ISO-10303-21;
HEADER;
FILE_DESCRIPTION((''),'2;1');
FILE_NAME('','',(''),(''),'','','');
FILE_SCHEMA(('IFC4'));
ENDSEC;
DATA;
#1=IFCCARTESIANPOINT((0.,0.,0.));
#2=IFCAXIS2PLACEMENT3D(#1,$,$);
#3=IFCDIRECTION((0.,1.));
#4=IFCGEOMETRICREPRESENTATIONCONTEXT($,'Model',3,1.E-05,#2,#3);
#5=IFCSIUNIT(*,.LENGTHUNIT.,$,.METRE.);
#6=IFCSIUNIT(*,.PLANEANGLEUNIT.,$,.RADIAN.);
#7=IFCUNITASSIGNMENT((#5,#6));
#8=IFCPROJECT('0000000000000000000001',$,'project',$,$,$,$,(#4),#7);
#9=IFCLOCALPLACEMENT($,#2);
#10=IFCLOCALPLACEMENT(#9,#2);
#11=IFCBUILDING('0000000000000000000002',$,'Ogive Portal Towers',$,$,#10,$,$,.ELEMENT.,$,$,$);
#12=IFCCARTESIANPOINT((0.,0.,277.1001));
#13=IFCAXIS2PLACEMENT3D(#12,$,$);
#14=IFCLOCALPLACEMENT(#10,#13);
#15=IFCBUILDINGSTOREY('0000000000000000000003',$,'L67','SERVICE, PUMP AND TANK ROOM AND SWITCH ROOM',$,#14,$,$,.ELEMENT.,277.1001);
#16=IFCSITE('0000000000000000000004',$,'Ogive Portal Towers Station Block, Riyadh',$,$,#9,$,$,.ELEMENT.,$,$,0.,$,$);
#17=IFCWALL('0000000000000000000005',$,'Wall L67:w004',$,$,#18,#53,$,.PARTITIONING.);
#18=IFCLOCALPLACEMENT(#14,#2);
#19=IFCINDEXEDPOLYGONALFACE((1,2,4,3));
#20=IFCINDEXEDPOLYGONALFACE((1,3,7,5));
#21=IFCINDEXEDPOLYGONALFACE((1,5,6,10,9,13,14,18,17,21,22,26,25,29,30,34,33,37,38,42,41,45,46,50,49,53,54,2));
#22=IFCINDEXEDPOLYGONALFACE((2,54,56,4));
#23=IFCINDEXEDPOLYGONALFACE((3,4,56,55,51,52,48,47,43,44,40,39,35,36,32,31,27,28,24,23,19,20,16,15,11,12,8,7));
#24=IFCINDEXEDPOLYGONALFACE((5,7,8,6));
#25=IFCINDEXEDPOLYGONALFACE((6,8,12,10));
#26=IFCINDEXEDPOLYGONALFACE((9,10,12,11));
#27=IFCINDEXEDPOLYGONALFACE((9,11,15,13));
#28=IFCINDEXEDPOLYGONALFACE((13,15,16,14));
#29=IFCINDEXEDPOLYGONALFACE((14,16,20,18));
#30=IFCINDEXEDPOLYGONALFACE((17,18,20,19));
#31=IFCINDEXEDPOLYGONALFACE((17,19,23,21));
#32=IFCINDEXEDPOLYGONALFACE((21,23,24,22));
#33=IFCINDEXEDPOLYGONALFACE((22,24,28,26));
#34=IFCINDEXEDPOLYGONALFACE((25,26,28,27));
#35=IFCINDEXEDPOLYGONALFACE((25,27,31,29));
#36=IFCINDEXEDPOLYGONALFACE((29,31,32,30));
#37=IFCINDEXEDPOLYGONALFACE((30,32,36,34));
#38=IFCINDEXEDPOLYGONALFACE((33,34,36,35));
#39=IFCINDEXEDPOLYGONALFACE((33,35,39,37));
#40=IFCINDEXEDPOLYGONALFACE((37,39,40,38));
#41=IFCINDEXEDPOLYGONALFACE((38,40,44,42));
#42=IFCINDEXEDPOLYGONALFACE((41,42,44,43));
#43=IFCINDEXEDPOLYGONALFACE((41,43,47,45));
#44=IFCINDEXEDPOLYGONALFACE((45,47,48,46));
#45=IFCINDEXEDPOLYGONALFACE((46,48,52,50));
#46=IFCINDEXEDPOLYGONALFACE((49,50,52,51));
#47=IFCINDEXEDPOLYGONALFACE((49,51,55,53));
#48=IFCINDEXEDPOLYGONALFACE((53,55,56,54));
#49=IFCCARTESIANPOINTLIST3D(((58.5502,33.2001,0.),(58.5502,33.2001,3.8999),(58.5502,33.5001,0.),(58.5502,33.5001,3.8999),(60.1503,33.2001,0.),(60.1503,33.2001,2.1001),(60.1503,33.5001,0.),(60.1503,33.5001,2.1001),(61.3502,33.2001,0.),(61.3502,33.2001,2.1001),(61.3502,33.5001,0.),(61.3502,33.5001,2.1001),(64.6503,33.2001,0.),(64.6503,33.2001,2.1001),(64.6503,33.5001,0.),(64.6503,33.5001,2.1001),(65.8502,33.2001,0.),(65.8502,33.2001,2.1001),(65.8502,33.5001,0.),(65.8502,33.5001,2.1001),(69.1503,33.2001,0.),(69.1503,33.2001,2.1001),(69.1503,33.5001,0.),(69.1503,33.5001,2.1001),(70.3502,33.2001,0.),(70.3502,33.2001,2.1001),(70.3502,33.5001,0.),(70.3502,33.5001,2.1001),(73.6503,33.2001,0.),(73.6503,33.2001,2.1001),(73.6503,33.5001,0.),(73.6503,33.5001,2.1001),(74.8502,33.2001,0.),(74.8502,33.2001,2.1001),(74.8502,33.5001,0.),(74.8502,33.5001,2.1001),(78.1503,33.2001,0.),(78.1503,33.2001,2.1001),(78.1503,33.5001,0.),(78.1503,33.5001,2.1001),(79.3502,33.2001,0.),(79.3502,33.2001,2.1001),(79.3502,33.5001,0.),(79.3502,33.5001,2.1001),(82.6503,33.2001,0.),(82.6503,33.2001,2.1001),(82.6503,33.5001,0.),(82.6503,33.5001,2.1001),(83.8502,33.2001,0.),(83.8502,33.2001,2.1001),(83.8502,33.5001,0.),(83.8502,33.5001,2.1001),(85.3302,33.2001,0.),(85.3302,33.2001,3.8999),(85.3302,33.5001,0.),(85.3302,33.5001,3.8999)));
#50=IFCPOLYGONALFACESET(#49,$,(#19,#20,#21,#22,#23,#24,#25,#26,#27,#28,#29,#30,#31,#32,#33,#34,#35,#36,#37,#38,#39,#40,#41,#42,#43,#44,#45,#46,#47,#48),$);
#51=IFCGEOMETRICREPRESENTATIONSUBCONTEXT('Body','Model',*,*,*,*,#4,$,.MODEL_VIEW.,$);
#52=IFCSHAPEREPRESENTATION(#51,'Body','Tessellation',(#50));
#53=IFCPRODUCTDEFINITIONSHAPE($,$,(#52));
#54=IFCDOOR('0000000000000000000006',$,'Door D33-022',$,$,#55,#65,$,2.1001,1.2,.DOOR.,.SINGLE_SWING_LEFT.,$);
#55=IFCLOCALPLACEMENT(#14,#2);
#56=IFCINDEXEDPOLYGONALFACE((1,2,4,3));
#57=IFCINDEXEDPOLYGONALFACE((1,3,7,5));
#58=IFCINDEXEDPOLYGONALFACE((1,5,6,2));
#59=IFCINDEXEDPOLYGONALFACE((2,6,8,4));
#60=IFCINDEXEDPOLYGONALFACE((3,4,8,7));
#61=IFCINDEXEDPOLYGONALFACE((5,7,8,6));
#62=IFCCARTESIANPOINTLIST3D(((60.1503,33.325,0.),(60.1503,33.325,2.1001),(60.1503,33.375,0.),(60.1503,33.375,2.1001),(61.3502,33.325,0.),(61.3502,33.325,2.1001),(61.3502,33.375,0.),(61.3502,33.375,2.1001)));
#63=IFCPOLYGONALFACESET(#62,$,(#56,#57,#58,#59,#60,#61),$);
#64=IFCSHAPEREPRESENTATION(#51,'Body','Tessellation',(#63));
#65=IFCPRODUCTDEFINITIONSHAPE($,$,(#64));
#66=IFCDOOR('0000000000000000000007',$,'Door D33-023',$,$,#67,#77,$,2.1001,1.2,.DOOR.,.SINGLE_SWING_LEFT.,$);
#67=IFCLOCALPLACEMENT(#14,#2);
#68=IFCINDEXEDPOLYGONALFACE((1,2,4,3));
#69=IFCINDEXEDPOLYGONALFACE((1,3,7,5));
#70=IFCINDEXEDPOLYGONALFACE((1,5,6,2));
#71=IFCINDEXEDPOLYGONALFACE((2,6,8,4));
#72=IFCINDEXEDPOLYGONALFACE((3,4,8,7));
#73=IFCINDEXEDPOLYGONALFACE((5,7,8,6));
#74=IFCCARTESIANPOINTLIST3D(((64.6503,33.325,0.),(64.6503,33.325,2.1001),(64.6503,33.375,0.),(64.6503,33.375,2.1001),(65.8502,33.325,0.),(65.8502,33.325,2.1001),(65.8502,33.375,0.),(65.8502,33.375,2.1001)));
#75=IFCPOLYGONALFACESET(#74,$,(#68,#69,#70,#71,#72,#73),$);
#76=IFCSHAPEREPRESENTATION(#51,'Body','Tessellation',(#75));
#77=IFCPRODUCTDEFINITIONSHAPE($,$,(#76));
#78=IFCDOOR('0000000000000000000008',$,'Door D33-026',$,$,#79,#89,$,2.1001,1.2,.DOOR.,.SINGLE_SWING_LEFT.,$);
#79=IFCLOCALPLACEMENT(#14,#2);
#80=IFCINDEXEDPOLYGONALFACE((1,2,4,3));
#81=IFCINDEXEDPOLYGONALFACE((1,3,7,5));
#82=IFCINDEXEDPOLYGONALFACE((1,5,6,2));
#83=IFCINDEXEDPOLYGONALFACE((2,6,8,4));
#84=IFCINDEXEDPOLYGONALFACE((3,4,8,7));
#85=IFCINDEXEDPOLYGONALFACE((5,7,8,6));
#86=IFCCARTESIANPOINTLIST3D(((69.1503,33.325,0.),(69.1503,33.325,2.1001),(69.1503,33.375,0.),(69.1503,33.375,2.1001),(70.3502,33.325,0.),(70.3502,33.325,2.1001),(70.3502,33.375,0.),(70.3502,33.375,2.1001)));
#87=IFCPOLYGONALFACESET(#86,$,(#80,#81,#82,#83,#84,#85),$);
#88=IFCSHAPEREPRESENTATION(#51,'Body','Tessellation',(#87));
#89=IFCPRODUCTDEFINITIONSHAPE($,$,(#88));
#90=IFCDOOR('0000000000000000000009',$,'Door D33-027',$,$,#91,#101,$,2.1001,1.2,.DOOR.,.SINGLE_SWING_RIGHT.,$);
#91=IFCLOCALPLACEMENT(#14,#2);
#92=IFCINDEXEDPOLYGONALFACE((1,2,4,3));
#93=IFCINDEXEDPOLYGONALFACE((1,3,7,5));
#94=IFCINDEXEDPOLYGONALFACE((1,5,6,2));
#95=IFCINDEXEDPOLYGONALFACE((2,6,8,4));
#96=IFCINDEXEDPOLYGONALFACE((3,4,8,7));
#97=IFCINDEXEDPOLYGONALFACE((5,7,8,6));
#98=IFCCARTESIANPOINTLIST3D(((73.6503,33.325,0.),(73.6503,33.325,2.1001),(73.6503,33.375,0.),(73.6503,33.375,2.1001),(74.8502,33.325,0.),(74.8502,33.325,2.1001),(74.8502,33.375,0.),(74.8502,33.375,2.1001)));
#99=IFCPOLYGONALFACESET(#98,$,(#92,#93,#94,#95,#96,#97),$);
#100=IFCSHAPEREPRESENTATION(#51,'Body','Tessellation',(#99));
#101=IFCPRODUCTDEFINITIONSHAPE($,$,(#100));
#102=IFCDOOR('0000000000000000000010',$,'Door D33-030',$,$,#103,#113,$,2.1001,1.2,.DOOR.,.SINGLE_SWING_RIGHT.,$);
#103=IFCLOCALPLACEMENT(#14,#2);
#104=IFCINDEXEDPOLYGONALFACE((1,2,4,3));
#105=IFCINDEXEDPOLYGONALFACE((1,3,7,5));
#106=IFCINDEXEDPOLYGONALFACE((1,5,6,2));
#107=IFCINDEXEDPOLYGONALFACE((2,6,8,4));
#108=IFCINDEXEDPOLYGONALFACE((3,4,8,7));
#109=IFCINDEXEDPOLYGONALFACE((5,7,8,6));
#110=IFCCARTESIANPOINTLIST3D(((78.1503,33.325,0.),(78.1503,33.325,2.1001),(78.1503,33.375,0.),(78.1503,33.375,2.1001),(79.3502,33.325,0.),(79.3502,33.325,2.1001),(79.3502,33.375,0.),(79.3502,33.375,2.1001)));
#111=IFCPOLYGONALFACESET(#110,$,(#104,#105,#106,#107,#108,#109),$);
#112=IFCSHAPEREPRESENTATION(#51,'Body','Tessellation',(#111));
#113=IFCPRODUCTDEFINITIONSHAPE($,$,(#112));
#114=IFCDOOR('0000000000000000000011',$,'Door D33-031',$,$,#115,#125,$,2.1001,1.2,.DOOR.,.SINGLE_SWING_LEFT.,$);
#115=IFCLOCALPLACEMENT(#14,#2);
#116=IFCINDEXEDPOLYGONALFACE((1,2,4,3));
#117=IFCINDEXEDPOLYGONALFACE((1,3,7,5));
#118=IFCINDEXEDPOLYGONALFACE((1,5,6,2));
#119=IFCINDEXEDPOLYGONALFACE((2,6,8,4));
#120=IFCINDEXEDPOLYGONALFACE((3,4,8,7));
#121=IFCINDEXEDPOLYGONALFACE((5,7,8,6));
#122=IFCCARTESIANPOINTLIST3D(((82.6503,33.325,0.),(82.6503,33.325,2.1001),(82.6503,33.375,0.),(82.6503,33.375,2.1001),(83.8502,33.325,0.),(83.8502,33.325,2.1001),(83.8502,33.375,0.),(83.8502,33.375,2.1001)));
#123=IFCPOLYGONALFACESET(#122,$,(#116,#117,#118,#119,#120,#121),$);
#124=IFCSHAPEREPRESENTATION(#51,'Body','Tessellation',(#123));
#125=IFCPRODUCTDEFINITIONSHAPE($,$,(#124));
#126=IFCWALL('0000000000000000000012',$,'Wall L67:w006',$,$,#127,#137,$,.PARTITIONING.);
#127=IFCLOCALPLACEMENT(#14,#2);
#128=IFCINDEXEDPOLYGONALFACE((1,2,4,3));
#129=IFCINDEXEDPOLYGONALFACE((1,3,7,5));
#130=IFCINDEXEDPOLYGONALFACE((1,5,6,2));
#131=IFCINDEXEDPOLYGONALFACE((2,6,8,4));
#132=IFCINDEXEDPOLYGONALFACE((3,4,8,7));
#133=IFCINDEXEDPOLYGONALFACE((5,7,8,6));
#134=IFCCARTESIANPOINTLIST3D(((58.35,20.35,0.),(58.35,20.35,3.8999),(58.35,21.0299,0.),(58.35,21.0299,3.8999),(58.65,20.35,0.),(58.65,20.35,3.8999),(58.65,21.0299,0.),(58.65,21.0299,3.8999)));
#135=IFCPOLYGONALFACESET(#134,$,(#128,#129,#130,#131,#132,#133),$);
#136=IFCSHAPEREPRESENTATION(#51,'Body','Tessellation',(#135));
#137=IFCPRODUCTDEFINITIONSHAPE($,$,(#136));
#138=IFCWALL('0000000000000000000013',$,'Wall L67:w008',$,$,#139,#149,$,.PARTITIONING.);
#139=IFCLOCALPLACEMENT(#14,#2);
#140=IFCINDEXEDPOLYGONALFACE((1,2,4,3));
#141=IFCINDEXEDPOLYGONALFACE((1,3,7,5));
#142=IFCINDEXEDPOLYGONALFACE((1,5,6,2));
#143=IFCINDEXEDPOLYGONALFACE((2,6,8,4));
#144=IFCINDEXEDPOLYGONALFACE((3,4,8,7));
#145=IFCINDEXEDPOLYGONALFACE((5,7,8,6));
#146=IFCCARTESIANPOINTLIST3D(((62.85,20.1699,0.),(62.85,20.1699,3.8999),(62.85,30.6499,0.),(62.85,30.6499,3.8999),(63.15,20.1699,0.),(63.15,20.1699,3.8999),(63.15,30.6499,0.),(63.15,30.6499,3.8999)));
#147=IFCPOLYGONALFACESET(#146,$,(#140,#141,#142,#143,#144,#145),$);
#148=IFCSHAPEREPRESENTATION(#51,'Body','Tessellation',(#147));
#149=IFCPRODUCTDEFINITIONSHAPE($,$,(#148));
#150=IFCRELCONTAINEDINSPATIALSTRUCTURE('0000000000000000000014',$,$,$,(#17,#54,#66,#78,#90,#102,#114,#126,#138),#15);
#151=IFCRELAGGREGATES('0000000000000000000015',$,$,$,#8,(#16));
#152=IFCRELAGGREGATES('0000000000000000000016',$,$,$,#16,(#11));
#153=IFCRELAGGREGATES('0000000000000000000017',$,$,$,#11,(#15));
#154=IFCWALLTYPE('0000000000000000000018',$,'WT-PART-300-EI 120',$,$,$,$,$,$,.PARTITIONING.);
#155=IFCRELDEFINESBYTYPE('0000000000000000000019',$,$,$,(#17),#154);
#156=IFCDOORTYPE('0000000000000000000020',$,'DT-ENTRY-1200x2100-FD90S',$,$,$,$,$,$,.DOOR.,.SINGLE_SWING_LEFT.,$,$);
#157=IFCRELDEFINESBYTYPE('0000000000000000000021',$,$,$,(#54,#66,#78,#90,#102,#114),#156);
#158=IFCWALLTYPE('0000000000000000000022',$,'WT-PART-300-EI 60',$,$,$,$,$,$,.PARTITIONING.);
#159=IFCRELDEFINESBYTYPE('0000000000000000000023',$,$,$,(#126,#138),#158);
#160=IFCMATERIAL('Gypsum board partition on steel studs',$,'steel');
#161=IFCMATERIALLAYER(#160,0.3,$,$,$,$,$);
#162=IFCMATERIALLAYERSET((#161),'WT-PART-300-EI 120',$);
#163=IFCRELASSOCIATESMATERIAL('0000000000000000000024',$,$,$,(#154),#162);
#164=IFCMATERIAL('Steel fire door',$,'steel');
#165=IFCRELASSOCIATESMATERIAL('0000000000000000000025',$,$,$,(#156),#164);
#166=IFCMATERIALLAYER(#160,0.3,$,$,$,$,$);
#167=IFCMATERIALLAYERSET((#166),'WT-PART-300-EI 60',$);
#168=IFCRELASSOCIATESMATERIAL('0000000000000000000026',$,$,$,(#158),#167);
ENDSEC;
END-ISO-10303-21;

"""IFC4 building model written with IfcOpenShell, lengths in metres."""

from ifc_helpers import new_model, si_unit, direction, frame, frame_2d, origin, place, context, subcontext, project, spatial, rectangle, extrude, material, layer, layer_set, type_object, element, fill, save


model = new_model("IFC4")

# Units and contexts
model_context = context("Model", 3, precision=1e-05, world=origin(), true_north=direction((0.0, 1.0)))
body_context = subcontext(model_context, "Body", "Model", "MODEL_VIEW")
ifc_project = project(units=[si_unit("LENGTHUNIT", "METRE"), si_unit("PLANEANGLEUNIT", "RADIAN")], contexts=[model_context])

# Site, building, storey
site_placement = place(None, origin())
site = spatial("IfcSite", under=ifc_project, at=site_placement, Name="Ogive Portal Towers Station Block, Riyadh", CompositionType="ELEMENT", RefElevation=0.0)
building_placement = place(site_placement, origin())
building = spatial("IfcBuilding", under=site, at=building_placement, Name="Ogive Portal Towers", CompositionType="ELEMENT")
storey_placement = place(building_placement, frame((0.0, 0.0, 277.1001)))
storey = spatial("IfcBuildingStorey", under=building, at=storey_placement, Name="L67", Description="SERVICE, PUMP AND TANK ROOM AND SWITCH ROOM", CompositionType="ELEMENT", Elevation=277.1001)

# Shared definitions
ifc_material_1 = material(Name="Steel fire door", Category="steel")

# Wall, openings, doors
ifc_material_2 = material(Name="Gypsum board partition on steel studs", Category="steel")
ifc_layer_1 = layer(ifc_material_2, 0.3)
ifc_layer_set_1 = layer_set([ifc_layer_1], Name="WT-PART-300-EI 120")
wall_type_1 = type_object("IfcWallType", Name="WT-PART-300-EI 120", PredefinedType="PARTITIONING", material=ifc_layer_set_1)
door_type_1 = type_object("IfcDoorType", Name="DT-ENTRY-1200x2100-FD90S", OperationType="SINGLE_SWING_LEFT", PredefinedType="DOOR", material=ifc_material_1)
wall_1_placement = place(storey_placement, frame((58.55, 33.3501, 0.0), z_axis=(0.0, 0.0, 1.0), x_axis=(1.0, 0.0, 0.0)))
wall_1 = element("IfcWall", 1, at=wall_1_placement, inside=storey, type_object=wall_type_1, Name="Wall L67:w004", PredefinedType="PARTITIONING", context=body_context, shape_type="SweptSolid", body=[
    extrude(rectangle(XDim=26.78, YDim=0.3, at=frame_2d((13.3901, 0.0))), origin(), (0.0, 0.0, 1.0), 3.8999),
])
opening_1_placement = place(wall_1_placement, frame((1.6001, 0.0, 0.0)))
opening_1 = element("IfcOpeningElement", 2, at=opening_1_placement, cuts=wall_1, PredefinedType="OPENING", context=body_context, shape_type="SweptSolid", body=[
    extrude(rectangle(XDim=1.2, YDim=2.1001, at=frame_2d((0.6001, 1.05))), frame((0.0, 0.1602, 0.0), z_axis=(0.0, -1.0, 0.0), x_axis=(1.0, 0.0, 0.0)), (0.0, 0.0, 1.0), 0.3201),
])
opening_2_placement = place(wall_1_placement, frame((6.1001, 0.0, 0.0)))
opening_2 = element("IfcOpeningElement", 3, at=opening_2_placement, cuts=wall_1, PredefinedType="OPENING", context=body_context, shape_type="SweptSolid", body=[
    extrude(rectangle(XDim=1.2, YDim=2.1001, at=frame_2d((0.6001, 1.05))), frame((0.0, 0.1602, 0.0), z_axis=(0.0, -1.0, 0.0), x_axis=(1.0, 0.0, 0.0)), (0.0, 0.0, 1.0), 0.3201),
])
opening_3_placement = place(wall_1_placement, frame((10.6001, 0.0, 0.0)))
opening_3 = element("IfcOpeningElement", 4, at=opening_3_placement, cuts=wall_1, PredefinedType="OPENING", context=body_context, shape_type="SweptSolid", body=[
    extrude(rectangle(XDim=1.2, YDim=2.1001, at=frame_2d((0.6001, 1.05))), frame((0.0, 0.1602, 0.0), z_axis=(0.0, -1.0, 0.0), x_axis=(1.0, 0.0, 0.0)), (0.0, 0.0, 1.0), 0.3201),
])
opening_4_placement = place(wall_1_placement, frame((15.1001, 0.0, 0.0)))
opening_4 = element("IfcOpeningElement", 5, at=opening_4_placement, cuts=wall_1, PredefinedType="OPENING", context=body_context, shape_type="SweptSolid", body=[
    extrude(rectangle(XDim=1.2, YDim=2.1001, at=frame_2d((0.6001, 1.05))), frame((0.0, 0.1602, 0.0), z_axis=(0.0, -1.0, 0.0), x_axis=(1.0, 0.0, 0.0)), (0.0, 0.0, 1.0), 0.3201),
])
opening_5_placement = place(wall_1_placement, frame((19.6001, 0.0, 0.0)))
opening_5 = element("IfcOpeningElement", 6, at=opening_5_placement, cuts=wall_1, PredefinedType="OPENING", context=body_context, shape_type="SweptSolid", body=[
    extrude(rectangle(XDim=1.2, YDim=2.1001, at=frame_2d((0.6001, 1.05))), frame((0.0, 0.1602, 0.0), z_axis=(0.0, -1.0, 0.0), x_axis=(1.0, 0.0, 0.0)), (0.0, 0.0, 1.0), 0.3201),
])
opening_6_placement = place(wall_1_placement, frame((24.1001, 0.0, 0.0)))
opening_6 = element("IfcOpeningElement", 7, at=opening_6_placement, cuts=wall_1, PredefinedType="OPENING", context=body_context, shape_type="SweptSolid", body=[
    extrude(rectangle(XDim=1.2, YDim=2.1001, at=frame_2d((0.6001, 1.05))), frame((0.0, 0.1602, 0.0), z_axis=(0.0, -1.0, 0.0), x_axis=(1.0, 0.0, 0.0)), (0.0, 0.0, 1.0), 0.3201),
])
door_1_placement = place(opening_1_placement, origin())
door_1 = element("IfcDoor", 8, at=door_1_placement, inside=storey, type_object=door_type_1, Name="Door D33-022", OperationType="SINGLE_SWING_LEFT", OverallHeight=2.1001, OverallWidth=1.2, PredefinedType="DOOR", context=body_context, shape_type="SweptSolid", body=[
    extrude(rectangle(XDim=1.2, YDim=2.1001, at=frame_2d((0.6001, 1.05))), frame((0.0, 0.0249, 0.0), z_axis=(0.0, -1.0, 0.0), x_axis=(1.0, 0.0, 0.0)), (0.0, 0.0, 1.0), 0.05),
])
fill(opening_1, door_1)
door_2_placement = place(opening_2_placement, origin())
door_2 = element("IfcDoor", 9, at=door_2_placement, inside=storey, type_object=door_type_1, Name="Door D33-023", OperationType="SINGLE_SWING_LEFT", OverallHeight=2.1001, OverallWidth=1.2, PredefinedType="DOOR", context=body_context, shape_type="SweptSolid", body=[
    extrude(rectangle(XDim=1.2, YDim=2.1001, at=frame_2d((0.6001, 1.05))), frame((0.0, 0.0249, 0.0), z_axis=(0.0, -1.0, 0.0), x_axis=(1.0, 0.0, 0.0)), (0.0, 0.0, 1.0), 0.05),
])
fill(opening_2, door_2)
door_3_placement = place(opening_3_placement, origin())
door_3 = element("IfcDoor", 10, at=door_3_placement, inside=storey, type_object=door_type_1, Name="Door D33-026", OperationType="SINGLE_SWING_LEFT", OverallHeight=2.1001, OverallWidth=1.2, PredefinedType="DOOR", context=body_context, shape_type="SweptSolid", body=[
    extrude(rectangle(XDim=1.2, YDim=2.1001, at=frame_2d((0.6001, 1.05))), frame((0.0, 0.0249, 0.0), z_axis=(0.0, -1.0, 0.0), x_axis=(1.0, 0.0, 0.0)), (0.0, 0.0, 1.0), 0.05),
])
fill(opening_3, door_3)
door_4_placement = place(opening_4_placement, origin())
door_4 = element("IfcDoor", 11, at=door_4_placement, inside=storey, type_object=door_type_1, Name="Door D33-027", OperationType="SINGLE_SWING_RIGHT", OverallHeight=2.1001, OverallWidth=1.2, PredefinedType="DOOR", context=body_context, shape_type="SweptSolid", body=[
    extrude(rectangle(XDim=1.2, YDim=2.1001, at=frame_2d((0.6001, 1.05))), frame((0.0, 0.0249, 0.0), z_axis=(0.0, -1.0, 0.0), x_axis=(1.0, 0.0, 0.0)), (0.0, 0.0, 1.0), 0.05),
])
fill(opening_4, door_4)
door_5_placement = place(opening_5_placement, origin())
door_5 = element("IfcDoor", 12, at=door_5_placement, inside=storey, type_object=door_type_1, Name="Door D33-030", OperationType="SINGLE_SWING_RIGHT", OverallHeight=2.1001, OverallWidth=1.2, PredefinedType="DOOR", context=body_context, shape_type="SweptSolid", body=[
    extrude(rectangle(XDim=1.2, YDim=2.1001, at=frame_2d((0.6001, 1.05))), frame((0.0, 0.0249, 0.0), z_axis=(0.0, -1.0, 0.0), x_axis=(1.0, 0.0, 0.0)), (0.0, 0.0, 1.0), 0.05),
])
fill(opening_5, door_5)
door_6_placement = place(opening_6_placement, origin())
door_6 = element("IfcDoor", 13, at=door_6_placement, inside=storey, type_object=door_type_1, Name="Door D33-031", OperationType="SINGLE_SWING_LEFT", OverallHeight=2.1001, OverallWidth=1.2, PredefinedType="DOOR", context=body_context, shape_type="SweptSolid", body=[
    extrude(rectangle(XDim=1.2, YDim=2.1001, at=frame_2d((0.6001, 1.05))), frame((0.0, 0.0249, 0.0), z_axis=(0.0, -1.0, 0.0), x_axis=(1.0, 0.0, 0.0)), (0.0, 0.0, 1.0), 0.05),
])
fill(opening_6, door_6)

# Walls
ifc_layer_2 = layer(ifc_material_2, 0.3)
ifc_layer_set_2 = layer_set([ifc_layer_2], Name="WT-PART-300-EI 60")
wall_type_2 = type_object("IfcWallType", Name="WT-PART-300-EI 60", PredefinedType="PARTITIONING", material=ifc_layer_set_2)
wall_2_placement = place(storey_placement, frame((58.5, 20.3501, 0.0), z_axis=(0.0, 0.0, 1.0), x_axis=(0.0, 1.0, 0.0)))
element("IfcWall", 14, at=wall_2_placement, inside=storey, type_object=wall_type_2, Name="Wall L67:w006", PredefinedType="PARTITIONING", context=body_context, shape_type="SweptSolid", body=[
    extrude(rectangle(XDim=0.6799, YDim=0.3, at=frame_2d((0.3398, 0.0))), origin(), (0.0, 0.0, 1.0), 3.8999),
])
wall_3_placement = place(storey_placement, frame((63.0, 20.1699, 0.0), z_axis=(0.0, 0.0, 1.0), x_axis=(0.0, 1.0, 0.0)))
element("IfcWall", 15, at=wall_3_placement, inside=storey, type_object=wall_type_2, Name="Wall L67:w008", PredefinedType="PARTITIONING", context=body_context, shape_type="SweptSolid", body=[
    extrude(rectangle(XDim=10.48, YDim=0.3, at=frame_2d((5.24, 0.0))), origin(), (0.0, 0.0, 1.0), 3.8999),
])

save(model, "model.ifc")
